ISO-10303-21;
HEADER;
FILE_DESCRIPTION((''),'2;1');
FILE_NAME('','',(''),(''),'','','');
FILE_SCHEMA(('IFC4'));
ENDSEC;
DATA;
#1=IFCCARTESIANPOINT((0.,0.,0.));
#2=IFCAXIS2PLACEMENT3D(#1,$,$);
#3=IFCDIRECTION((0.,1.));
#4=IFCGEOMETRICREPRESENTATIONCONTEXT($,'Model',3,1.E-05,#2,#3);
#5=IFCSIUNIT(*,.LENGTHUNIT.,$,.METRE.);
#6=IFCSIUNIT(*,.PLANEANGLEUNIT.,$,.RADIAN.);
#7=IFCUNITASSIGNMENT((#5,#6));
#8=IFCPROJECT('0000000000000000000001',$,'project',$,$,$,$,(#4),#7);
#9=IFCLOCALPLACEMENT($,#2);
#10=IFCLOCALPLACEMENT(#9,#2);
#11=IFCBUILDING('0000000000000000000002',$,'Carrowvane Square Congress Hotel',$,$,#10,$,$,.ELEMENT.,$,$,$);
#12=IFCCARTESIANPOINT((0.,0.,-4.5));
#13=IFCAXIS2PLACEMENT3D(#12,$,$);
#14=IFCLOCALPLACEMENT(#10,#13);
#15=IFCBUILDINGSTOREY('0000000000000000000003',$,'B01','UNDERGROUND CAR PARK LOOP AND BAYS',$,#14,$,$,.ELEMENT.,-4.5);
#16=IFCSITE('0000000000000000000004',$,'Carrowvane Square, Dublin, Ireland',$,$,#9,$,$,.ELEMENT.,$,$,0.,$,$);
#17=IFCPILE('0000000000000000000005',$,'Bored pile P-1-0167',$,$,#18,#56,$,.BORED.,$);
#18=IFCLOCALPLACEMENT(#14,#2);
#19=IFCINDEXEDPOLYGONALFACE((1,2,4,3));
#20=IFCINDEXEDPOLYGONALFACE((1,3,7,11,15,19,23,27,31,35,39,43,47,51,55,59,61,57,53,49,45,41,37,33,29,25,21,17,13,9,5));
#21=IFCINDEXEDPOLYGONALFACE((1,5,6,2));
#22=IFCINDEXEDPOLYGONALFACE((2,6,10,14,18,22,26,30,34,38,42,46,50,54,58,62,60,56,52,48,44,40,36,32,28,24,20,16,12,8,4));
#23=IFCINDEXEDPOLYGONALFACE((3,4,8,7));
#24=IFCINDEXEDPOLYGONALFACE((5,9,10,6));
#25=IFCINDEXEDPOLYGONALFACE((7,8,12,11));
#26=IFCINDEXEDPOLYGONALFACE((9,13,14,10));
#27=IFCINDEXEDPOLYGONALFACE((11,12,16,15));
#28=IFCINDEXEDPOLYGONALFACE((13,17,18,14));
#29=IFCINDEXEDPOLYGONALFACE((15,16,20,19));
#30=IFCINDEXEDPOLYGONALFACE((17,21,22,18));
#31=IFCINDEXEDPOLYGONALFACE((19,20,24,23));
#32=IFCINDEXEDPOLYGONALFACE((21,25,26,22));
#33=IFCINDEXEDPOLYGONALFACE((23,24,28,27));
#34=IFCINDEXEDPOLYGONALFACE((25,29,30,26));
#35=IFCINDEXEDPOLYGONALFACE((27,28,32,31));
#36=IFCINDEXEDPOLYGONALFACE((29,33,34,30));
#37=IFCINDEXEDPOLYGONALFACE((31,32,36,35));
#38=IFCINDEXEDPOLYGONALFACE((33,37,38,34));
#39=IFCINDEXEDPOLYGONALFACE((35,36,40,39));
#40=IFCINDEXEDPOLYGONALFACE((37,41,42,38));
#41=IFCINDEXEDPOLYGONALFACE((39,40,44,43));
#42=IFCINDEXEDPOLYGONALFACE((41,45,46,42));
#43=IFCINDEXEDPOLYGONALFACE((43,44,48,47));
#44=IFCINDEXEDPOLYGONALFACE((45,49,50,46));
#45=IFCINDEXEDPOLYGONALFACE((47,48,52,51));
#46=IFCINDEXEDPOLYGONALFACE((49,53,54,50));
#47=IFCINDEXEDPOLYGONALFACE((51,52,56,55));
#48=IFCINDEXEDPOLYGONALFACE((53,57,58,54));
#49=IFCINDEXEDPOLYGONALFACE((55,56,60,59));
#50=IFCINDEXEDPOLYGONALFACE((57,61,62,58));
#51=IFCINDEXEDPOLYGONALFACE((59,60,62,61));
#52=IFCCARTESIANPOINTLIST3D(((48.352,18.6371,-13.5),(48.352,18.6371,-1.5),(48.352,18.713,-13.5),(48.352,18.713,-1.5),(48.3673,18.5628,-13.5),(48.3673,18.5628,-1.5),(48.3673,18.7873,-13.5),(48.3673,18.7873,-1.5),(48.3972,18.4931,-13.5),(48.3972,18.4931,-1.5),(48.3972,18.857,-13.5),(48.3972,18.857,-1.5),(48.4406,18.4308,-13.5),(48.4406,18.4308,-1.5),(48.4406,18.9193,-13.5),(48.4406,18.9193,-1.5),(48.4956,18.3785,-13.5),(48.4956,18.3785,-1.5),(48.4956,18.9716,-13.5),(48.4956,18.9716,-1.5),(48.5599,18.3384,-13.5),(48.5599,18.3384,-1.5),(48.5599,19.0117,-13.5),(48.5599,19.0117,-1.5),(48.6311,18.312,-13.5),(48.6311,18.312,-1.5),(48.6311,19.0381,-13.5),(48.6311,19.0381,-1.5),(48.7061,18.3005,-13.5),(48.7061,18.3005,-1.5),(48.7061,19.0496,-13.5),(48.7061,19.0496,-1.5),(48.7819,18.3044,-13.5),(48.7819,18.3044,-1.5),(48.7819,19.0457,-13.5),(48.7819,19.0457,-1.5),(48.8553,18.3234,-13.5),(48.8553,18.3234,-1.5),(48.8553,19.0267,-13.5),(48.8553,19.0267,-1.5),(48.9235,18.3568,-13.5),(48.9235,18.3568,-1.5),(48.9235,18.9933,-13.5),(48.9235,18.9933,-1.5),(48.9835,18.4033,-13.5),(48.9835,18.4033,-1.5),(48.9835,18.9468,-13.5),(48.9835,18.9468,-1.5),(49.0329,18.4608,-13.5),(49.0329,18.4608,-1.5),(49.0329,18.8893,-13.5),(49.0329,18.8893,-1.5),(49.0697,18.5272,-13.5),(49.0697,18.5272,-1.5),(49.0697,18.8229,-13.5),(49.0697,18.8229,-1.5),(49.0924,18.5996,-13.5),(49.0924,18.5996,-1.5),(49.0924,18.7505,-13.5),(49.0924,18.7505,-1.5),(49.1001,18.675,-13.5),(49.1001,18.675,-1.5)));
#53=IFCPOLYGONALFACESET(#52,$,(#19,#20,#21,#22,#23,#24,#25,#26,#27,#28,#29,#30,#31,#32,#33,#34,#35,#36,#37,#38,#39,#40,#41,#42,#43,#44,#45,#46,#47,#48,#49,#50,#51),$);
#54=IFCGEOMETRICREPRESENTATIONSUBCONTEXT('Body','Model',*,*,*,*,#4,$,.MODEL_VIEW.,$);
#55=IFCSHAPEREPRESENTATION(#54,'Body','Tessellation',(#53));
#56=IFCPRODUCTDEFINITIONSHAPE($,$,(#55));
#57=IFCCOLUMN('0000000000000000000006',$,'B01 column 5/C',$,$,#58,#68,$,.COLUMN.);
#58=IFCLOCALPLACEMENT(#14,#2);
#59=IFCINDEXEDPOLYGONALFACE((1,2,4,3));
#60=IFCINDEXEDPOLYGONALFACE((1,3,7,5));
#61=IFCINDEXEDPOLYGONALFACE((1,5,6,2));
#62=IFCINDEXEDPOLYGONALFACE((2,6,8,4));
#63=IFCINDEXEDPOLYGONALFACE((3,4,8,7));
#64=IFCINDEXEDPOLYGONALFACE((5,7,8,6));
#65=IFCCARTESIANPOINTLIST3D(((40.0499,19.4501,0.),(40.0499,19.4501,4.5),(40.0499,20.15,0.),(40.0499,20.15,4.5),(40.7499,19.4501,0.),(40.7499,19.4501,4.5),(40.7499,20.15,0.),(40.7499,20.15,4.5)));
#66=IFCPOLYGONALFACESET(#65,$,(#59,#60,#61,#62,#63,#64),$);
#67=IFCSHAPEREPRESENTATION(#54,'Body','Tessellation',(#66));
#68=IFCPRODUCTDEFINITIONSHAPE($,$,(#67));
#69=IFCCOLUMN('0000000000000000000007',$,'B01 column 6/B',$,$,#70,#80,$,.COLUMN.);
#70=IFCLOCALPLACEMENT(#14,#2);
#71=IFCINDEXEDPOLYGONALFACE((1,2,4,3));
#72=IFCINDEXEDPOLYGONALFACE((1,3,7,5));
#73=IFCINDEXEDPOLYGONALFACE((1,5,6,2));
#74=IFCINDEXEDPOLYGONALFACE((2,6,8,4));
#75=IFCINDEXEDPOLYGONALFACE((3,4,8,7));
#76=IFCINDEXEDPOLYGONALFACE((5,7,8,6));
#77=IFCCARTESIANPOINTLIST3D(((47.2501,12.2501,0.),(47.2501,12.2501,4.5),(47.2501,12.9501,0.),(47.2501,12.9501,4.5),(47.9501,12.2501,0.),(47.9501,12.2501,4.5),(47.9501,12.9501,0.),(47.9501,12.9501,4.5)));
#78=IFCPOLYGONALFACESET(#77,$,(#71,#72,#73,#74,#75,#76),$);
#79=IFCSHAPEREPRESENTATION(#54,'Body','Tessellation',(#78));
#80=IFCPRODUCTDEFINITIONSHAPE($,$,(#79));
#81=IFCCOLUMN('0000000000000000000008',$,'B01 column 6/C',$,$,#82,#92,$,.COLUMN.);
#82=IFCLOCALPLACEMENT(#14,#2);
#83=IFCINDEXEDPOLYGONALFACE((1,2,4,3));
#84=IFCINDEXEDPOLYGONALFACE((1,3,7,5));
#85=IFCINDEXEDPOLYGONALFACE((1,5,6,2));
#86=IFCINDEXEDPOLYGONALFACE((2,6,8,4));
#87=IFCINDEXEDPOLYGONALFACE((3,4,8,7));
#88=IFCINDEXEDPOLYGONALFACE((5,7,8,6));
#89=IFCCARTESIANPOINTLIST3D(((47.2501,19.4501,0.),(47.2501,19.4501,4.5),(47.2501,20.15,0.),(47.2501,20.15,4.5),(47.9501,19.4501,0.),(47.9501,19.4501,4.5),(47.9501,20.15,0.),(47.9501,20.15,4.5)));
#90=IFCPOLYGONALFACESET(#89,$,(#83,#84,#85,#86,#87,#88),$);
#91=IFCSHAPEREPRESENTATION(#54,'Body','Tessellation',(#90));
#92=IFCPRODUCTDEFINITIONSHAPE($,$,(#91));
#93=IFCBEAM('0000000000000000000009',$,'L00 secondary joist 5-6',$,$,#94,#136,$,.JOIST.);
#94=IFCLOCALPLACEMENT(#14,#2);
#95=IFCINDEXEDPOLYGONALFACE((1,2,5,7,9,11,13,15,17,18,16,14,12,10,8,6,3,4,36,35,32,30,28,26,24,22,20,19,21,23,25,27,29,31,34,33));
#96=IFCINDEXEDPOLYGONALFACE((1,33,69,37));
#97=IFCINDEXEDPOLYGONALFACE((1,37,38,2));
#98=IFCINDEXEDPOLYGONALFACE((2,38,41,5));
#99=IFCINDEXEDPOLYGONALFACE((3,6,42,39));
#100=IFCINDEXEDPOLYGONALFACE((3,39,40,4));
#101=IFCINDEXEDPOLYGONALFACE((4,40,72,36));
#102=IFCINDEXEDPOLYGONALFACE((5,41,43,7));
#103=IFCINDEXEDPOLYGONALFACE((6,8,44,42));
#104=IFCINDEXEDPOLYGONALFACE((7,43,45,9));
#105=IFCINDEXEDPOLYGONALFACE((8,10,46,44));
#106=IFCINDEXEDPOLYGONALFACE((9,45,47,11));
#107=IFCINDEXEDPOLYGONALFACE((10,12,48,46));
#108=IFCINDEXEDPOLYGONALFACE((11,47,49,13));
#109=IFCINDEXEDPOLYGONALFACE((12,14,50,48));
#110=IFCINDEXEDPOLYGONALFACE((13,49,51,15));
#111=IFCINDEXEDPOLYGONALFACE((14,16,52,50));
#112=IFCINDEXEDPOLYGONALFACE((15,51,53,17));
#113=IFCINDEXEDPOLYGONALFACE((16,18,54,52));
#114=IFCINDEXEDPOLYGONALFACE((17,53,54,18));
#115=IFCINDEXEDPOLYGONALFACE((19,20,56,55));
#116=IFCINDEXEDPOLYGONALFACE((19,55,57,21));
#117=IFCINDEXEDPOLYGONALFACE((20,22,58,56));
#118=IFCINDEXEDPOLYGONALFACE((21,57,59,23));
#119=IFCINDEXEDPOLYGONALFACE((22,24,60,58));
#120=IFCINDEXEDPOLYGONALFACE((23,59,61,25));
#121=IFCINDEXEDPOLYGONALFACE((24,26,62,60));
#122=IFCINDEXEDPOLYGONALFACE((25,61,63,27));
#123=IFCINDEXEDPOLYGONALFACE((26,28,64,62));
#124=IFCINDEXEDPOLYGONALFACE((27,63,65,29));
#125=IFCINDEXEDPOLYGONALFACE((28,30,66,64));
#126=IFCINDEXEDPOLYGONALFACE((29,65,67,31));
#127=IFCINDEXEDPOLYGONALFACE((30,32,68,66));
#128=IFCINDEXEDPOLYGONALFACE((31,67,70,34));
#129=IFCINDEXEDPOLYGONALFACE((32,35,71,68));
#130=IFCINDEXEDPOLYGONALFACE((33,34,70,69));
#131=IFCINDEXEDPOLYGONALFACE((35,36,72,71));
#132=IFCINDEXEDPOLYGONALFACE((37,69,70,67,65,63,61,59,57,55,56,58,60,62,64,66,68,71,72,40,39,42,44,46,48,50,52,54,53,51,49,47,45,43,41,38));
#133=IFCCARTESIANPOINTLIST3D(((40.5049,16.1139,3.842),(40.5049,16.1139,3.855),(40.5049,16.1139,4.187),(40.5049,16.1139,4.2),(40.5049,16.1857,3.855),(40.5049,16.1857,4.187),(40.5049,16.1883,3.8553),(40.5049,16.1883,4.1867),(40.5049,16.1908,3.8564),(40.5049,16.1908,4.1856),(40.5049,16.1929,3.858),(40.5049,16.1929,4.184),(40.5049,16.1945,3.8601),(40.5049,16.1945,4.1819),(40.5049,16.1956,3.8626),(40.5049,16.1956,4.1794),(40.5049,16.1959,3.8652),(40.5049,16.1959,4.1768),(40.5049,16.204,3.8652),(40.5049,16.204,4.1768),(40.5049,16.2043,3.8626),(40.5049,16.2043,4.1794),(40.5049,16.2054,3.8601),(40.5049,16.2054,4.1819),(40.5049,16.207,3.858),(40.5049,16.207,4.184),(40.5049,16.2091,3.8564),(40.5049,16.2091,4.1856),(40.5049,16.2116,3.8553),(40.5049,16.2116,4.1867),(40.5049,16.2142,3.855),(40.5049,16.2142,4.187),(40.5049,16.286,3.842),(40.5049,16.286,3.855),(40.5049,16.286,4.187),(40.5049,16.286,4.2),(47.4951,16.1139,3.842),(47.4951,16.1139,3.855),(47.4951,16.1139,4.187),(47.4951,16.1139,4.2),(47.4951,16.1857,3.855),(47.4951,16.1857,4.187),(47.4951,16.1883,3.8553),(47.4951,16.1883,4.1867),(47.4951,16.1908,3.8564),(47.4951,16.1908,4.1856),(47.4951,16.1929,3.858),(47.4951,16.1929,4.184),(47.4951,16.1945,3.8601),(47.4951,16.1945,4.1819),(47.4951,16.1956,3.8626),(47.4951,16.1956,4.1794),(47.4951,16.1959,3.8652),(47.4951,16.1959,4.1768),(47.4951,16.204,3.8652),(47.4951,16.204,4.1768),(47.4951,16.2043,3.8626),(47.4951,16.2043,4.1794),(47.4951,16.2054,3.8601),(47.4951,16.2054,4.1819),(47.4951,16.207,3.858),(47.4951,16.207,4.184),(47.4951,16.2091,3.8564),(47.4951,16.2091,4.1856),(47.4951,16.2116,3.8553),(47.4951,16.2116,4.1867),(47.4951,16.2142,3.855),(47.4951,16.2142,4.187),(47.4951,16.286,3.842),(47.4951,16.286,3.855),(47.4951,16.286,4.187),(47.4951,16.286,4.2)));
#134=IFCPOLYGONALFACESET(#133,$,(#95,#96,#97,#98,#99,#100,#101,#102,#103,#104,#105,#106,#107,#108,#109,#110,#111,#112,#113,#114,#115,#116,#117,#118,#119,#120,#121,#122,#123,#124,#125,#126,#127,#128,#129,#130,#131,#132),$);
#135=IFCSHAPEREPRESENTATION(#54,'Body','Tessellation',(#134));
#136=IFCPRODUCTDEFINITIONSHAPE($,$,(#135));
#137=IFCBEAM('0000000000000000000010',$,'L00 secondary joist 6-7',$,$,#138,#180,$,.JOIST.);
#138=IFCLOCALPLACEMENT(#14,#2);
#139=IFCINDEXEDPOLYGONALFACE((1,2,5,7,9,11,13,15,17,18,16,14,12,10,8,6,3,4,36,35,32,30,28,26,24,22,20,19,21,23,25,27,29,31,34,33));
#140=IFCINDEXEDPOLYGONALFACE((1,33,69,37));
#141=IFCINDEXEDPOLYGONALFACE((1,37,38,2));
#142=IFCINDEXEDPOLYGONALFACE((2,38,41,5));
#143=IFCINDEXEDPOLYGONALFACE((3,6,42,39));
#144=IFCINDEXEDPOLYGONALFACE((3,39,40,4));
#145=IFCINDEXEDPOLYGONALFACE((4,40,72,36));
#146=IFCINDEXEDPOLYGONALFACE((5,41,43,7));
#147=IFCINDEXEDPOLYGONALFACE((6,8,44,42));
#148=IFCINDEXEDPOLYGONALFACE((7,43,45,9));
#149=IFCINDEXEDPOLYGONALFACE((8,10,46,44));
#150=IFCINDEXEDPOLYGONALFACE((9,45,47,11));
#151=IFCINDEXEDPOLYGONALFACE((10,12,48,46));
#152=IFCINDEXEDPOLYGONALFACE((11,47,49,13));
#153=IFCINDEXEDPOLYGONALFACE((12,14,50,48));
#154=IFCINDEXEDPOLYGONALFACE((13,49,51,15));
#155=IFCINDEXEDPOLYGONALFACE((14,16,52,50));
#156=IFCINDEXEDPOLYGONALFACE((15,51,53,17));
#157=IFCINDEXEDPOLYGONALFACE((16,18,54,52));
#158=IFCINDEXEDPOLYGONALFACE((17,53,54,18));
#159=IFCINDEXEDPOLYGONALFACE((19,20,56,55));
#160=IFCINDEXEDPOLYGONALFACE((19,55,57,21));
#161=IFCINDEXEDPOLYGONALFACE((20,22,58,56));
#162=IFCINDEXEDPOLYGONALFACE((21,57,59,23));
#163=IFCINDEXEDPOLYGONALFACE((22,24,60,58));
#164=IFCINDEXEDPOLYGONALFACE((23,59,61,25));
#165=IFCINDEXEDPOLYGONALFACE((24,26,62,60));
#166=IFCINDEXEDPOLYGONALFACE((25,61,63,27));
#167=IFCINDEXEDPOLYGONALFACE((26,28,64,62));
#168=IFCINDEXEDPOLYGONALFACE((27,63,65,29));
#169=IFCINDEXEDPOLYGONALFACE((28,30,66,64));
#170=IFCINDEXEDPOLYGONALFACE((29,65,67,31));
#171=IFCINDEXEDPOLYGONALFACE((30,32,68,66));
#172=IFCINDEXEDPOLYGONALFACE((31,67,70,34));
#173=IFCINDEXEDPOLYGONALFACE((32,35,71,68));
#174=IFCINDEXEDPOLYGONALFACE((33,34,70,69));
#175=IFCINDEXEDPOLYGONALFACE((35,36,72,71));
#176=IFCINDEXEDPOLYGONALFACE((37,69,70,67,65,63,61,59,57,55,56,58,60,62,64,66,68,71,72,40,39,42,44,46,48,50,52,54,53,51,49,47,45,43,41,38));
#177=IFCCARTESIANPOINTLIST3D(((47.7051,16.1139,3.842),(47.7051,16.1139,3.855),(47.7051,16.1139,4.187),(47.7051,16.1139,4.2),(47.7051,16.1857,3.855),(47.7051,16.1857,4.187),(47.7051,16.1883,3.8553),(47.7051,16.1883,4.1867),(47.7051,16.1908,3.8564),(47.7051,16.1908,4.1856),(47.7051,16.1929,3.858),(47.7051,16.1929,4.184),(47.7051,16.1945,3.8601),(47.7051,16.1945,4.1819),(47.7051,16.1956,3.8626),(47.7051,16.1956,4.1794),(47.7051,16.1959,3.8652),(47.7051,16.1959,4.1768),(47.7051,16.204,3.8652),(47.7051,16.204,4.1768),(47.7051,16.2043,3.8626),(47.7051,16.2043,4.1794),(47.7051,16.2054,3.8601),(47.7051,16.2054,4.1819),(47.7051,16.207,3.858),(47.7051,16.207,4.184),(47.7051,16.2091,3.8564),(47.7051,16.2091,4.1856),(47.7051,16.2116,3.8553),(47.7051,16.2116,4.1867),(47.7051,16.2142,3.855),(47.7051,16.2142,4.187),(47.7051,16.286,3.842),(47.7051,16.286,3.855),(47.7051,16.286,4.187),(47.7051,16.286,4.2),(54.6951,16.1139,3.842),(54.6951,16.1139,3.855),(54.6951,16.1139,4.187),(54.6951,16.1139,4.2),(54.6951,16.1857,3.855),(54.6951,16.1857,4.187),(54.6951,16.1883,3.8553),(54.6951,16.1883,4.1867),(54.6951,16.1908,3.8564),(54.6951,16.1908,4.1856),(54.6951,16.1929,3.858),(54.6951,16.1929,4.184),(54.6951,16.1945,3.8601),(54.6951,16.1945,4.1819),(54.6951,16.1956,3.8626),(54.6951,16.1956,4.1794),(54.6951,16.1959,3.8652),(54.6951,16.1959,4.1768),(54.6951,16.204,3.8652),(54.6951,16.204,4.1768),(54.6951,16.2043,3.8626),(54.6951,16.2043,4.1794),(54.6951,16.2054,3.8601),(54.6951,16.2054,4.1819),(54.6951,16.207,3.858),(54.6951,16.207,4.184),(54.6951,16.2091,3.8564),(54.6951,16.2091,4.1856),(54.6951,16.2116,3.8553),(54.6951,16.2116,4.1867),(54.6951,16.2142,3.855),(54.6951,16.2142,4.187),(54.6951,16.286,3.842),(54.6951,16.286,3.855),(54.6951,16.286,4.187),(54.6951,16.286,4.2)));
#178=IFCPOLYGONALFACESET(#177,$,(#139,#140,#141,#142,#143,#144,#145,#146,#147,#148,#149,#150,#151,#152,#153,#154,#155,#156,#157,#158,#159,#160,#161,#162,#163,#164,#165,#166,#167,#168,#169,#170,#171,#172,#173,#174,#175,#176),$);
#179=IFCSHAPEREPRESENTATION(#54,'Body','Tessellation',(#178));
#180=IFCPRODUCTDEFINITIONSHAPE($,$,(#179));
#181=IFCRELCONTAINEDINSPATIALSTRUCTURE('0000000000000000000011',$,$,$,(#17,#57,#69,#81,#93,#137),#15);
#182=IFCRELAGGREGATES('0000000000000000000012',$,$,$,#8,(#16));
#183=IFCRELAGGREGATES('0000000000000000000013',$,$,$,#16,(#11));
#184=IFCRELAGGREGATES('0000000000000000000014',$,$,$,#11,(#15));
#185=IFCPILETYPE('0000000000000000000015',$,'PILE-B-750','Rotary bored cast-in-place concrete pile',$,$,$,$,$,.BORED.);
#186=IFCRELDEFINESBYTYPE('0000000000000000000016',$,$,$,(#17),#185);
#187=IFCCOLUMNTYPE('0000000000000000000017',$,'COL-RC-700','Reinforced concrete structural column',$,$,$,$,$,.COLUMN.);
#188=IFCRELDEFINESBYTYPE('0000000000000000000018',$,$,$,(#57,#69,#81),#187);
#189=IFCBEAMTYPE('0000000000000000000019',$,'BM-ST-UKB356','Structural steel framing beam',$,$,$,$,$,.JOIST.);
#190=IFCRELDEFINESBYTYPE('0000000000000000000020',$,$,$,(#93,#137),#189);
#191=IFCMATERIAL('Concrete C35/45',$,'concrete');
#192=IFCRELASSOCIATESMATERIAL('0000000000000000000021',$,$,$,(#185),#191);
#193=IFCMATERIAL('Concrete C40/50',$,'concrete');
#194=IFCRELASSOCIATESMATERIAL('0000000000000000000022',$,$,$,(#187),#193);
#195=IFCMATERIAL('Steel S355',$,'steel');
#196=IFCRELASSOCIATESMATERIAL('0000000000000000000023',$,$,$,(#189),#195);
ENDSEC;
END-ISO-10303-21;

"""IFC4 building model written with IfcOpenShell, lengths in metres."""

from ifc_helpers import new_model, si_unit, direction, frame, origin, origin_2d, place, context, subcontext, project, spatial, rectangle, circle, i_section, extrude, material, material_profile, profile_set, type_object, element, save


model = new_model("IFC4")

# Units and contexts
model_context = context("Model", 3, precision=1e-05, world=origin(), true_north=direction((0.0, 1.0)))
body_context = subcontext(model_context, "Body", "Model", "MODEL_VIEW")
ifc_project = project(units=[si_unit("LENGTHUNIT", "METRE"), si_unit("PLANEANGLEUNIT", "RADIAN")], contexts=[model_context])

# Site, building, storey
site_placement = place(None, origin())
site = spatial("IfcSite", under=ifc_project, at=site_placement, Name="Carrowvane Square, Dublin, Ireland", CompositionType="ELEMENT", RefElevation=0.0)
building_placement = place(site_placement, origin())
building = spatial("IfcBuilding", under=site, at=building_placement, Name="Carrowvane Square Congress Hotel", CompositionType="ELEMENT")
storey_placement = place(building_placement, frame((0.0, 0.0, -4.5)))
storey = spatial("IfcBuildingStorey", under=building, at=storey_placement, Name="B01", Description="UNDERGROUND CAR PARK LOOP AND BAYS", CompositionType="ELEMENT", Elevation=-4.5)

# Pile
ifc_material_1 = material(Name="Concrete C35/45", Category="concrete")
ifc_material_profile_1 = material_profile(ifc_material_1, circle(Radius=0.375, at=origin_2d()), Name="PILE D750")
ifc_profile_set_1 = profile_set([ifc_material_profile_1], Name="Concrete C35/45")
pile_type = type_object("IfcPileType", Name="PILE-B-750", Description="Rotary bored cast-in-place concrete pile", PredefinedType="BORED", material=ifc_profile_set_1)
for number, where, z_axis, x_axis, name in (
    (1, (48.7251, 18.675, -1.5), (0.0, 0.0, -1.0), (1.0, 0.0, 0.0), "Bored pile P-1-0167"),
):
    element("IfcPile", number, at=place(storey_placement, frame(where, z_axis=z_axis, x_axis=x_axis)), inside=storey, type_object=pile_type, Name=name, PredefinedType="BORED", context=body_context, shape_type="SweptSolid", body=[
        extrude(circle(Radius=0.375, at=origin_2d()), origin(), (0.0, 0.0, 1.0), 12.0),
    ])

# Columns
ifc_material_2 = material(Name="Concrete C40/50", Category="concrete")
ifc_material_profile_2 = material_profile(ifc_material_2, rectangle(XDim=0.7, YDim=0.7, at=origin_2d()), Name="RC 700x700")
ifc_profile_set_2 = profile_set([ifc_material_profile_2], Name="Concrete C40/50")
column_type = type_object("IfcColumnType", Name="COL-RC-700", Description="Reinforced concrete structural column", PredefinedType="COLUMN", material=ifc_profile_set_2)
for number, where, z_axis, x_axis, name in (
    (2, (40.3999, 19.8, 0.0), (0.0, 0.0, 1.0), (1.0, 0.0, 0.0), "B01 column 5/C"),
    (3, (47.6001, 12.6001, 0.0), (0.0, 0.0, 1.0), (1.0, 0.0, 0.0), "B01 column 6/B"),
    (4, (47.6001, 19.8, 0.0), (0.0, 0.0, 1.0), (1.0, 0.0, 0.0), "B01 column 6/C"),
):
    element("IfcColumn", number, at=place(storey_placement, frame(where, z_axis=z_axis, x_axis=x_axis)), inside=storey, type_object=column_type, Name=name, PredefinedType="COLUMN", context=body_context, shape_type="SweptSolid", body=[
        extrude(rectangle(XDim=0.7, YDim=0.7, at=origin_2d()), origin(), (0.0, 0.0, 1.0), 4.5),
    ])

# Beams
ifc_material_3 = material(Name="Steel S355", Category="steel")
ifc_material_profile_3 = material_profile(ifc_material_3, i_section(OverallWidth=0.1721, OverallDepth=0.3579, WebThickness=0.0081, FlangeThickness=0.0129, FilletRadius=0.0103, at=origin_2d()), Name="UKB 356x171x57")
ifc_profile_set_3 = profile_set([ifc_material_profile_3], Name="Steel S355")
beam_type_1 = type_object("IfcBeamType", Name="BM-ST-UKB356", Description="Structural steel framing beam", PredefinedType="JOIST", material=ifc_profile_set_3)
beam_1_placement = place(storey_placement, frame((40.5049, 16.2, 4.021), z_axis=(1.0, 0.0, 0.0), x_axis=(0.0, 1.0, 0.0)))
element("IfcBeam", 5, at=beam_1_placement, inside=storey, type_object=beam_type_1, Name="L00 secondary joist 5-6", PredefinedType="JOIST", context=body_context, shape_type="SweptSolid", body=[
    extrude(i_section(OverallWidth=0.1721, OverallDepth=0.3579, WebThickness=0.0081, FlangeThickness=0.0129, FilletRadius=0.0103, at=origin_2d()), origin(), (0.0, 0.0, 1.0), 6.9902),
])
beam_2_placement = place(storey_placement, frame((47.7051, 16.2, 4.021), z_axis=(1.0, 0.0, 0.0), x_axis=(0.0, 1.0, 0.0)))
element("IfcBeam", 6, at=beam_2_placement, inside=storey, type_object=beam_type_1, Name="L00 secondary joist 6-7", PredefinedType="JOIST", context=body_context, shape_type="SweptSolid", body=[
    extrude(i_section(OverallWidth=0.1721, OverallDepth=0.3579, WebThickness=0.0081, FlangeThickness=0.0129, FilletRadius=0.0103, at=origin_2d()), origin(), (0.0, 0.0, 1.0), 6.99),
])

save(model, "model.ifc")
